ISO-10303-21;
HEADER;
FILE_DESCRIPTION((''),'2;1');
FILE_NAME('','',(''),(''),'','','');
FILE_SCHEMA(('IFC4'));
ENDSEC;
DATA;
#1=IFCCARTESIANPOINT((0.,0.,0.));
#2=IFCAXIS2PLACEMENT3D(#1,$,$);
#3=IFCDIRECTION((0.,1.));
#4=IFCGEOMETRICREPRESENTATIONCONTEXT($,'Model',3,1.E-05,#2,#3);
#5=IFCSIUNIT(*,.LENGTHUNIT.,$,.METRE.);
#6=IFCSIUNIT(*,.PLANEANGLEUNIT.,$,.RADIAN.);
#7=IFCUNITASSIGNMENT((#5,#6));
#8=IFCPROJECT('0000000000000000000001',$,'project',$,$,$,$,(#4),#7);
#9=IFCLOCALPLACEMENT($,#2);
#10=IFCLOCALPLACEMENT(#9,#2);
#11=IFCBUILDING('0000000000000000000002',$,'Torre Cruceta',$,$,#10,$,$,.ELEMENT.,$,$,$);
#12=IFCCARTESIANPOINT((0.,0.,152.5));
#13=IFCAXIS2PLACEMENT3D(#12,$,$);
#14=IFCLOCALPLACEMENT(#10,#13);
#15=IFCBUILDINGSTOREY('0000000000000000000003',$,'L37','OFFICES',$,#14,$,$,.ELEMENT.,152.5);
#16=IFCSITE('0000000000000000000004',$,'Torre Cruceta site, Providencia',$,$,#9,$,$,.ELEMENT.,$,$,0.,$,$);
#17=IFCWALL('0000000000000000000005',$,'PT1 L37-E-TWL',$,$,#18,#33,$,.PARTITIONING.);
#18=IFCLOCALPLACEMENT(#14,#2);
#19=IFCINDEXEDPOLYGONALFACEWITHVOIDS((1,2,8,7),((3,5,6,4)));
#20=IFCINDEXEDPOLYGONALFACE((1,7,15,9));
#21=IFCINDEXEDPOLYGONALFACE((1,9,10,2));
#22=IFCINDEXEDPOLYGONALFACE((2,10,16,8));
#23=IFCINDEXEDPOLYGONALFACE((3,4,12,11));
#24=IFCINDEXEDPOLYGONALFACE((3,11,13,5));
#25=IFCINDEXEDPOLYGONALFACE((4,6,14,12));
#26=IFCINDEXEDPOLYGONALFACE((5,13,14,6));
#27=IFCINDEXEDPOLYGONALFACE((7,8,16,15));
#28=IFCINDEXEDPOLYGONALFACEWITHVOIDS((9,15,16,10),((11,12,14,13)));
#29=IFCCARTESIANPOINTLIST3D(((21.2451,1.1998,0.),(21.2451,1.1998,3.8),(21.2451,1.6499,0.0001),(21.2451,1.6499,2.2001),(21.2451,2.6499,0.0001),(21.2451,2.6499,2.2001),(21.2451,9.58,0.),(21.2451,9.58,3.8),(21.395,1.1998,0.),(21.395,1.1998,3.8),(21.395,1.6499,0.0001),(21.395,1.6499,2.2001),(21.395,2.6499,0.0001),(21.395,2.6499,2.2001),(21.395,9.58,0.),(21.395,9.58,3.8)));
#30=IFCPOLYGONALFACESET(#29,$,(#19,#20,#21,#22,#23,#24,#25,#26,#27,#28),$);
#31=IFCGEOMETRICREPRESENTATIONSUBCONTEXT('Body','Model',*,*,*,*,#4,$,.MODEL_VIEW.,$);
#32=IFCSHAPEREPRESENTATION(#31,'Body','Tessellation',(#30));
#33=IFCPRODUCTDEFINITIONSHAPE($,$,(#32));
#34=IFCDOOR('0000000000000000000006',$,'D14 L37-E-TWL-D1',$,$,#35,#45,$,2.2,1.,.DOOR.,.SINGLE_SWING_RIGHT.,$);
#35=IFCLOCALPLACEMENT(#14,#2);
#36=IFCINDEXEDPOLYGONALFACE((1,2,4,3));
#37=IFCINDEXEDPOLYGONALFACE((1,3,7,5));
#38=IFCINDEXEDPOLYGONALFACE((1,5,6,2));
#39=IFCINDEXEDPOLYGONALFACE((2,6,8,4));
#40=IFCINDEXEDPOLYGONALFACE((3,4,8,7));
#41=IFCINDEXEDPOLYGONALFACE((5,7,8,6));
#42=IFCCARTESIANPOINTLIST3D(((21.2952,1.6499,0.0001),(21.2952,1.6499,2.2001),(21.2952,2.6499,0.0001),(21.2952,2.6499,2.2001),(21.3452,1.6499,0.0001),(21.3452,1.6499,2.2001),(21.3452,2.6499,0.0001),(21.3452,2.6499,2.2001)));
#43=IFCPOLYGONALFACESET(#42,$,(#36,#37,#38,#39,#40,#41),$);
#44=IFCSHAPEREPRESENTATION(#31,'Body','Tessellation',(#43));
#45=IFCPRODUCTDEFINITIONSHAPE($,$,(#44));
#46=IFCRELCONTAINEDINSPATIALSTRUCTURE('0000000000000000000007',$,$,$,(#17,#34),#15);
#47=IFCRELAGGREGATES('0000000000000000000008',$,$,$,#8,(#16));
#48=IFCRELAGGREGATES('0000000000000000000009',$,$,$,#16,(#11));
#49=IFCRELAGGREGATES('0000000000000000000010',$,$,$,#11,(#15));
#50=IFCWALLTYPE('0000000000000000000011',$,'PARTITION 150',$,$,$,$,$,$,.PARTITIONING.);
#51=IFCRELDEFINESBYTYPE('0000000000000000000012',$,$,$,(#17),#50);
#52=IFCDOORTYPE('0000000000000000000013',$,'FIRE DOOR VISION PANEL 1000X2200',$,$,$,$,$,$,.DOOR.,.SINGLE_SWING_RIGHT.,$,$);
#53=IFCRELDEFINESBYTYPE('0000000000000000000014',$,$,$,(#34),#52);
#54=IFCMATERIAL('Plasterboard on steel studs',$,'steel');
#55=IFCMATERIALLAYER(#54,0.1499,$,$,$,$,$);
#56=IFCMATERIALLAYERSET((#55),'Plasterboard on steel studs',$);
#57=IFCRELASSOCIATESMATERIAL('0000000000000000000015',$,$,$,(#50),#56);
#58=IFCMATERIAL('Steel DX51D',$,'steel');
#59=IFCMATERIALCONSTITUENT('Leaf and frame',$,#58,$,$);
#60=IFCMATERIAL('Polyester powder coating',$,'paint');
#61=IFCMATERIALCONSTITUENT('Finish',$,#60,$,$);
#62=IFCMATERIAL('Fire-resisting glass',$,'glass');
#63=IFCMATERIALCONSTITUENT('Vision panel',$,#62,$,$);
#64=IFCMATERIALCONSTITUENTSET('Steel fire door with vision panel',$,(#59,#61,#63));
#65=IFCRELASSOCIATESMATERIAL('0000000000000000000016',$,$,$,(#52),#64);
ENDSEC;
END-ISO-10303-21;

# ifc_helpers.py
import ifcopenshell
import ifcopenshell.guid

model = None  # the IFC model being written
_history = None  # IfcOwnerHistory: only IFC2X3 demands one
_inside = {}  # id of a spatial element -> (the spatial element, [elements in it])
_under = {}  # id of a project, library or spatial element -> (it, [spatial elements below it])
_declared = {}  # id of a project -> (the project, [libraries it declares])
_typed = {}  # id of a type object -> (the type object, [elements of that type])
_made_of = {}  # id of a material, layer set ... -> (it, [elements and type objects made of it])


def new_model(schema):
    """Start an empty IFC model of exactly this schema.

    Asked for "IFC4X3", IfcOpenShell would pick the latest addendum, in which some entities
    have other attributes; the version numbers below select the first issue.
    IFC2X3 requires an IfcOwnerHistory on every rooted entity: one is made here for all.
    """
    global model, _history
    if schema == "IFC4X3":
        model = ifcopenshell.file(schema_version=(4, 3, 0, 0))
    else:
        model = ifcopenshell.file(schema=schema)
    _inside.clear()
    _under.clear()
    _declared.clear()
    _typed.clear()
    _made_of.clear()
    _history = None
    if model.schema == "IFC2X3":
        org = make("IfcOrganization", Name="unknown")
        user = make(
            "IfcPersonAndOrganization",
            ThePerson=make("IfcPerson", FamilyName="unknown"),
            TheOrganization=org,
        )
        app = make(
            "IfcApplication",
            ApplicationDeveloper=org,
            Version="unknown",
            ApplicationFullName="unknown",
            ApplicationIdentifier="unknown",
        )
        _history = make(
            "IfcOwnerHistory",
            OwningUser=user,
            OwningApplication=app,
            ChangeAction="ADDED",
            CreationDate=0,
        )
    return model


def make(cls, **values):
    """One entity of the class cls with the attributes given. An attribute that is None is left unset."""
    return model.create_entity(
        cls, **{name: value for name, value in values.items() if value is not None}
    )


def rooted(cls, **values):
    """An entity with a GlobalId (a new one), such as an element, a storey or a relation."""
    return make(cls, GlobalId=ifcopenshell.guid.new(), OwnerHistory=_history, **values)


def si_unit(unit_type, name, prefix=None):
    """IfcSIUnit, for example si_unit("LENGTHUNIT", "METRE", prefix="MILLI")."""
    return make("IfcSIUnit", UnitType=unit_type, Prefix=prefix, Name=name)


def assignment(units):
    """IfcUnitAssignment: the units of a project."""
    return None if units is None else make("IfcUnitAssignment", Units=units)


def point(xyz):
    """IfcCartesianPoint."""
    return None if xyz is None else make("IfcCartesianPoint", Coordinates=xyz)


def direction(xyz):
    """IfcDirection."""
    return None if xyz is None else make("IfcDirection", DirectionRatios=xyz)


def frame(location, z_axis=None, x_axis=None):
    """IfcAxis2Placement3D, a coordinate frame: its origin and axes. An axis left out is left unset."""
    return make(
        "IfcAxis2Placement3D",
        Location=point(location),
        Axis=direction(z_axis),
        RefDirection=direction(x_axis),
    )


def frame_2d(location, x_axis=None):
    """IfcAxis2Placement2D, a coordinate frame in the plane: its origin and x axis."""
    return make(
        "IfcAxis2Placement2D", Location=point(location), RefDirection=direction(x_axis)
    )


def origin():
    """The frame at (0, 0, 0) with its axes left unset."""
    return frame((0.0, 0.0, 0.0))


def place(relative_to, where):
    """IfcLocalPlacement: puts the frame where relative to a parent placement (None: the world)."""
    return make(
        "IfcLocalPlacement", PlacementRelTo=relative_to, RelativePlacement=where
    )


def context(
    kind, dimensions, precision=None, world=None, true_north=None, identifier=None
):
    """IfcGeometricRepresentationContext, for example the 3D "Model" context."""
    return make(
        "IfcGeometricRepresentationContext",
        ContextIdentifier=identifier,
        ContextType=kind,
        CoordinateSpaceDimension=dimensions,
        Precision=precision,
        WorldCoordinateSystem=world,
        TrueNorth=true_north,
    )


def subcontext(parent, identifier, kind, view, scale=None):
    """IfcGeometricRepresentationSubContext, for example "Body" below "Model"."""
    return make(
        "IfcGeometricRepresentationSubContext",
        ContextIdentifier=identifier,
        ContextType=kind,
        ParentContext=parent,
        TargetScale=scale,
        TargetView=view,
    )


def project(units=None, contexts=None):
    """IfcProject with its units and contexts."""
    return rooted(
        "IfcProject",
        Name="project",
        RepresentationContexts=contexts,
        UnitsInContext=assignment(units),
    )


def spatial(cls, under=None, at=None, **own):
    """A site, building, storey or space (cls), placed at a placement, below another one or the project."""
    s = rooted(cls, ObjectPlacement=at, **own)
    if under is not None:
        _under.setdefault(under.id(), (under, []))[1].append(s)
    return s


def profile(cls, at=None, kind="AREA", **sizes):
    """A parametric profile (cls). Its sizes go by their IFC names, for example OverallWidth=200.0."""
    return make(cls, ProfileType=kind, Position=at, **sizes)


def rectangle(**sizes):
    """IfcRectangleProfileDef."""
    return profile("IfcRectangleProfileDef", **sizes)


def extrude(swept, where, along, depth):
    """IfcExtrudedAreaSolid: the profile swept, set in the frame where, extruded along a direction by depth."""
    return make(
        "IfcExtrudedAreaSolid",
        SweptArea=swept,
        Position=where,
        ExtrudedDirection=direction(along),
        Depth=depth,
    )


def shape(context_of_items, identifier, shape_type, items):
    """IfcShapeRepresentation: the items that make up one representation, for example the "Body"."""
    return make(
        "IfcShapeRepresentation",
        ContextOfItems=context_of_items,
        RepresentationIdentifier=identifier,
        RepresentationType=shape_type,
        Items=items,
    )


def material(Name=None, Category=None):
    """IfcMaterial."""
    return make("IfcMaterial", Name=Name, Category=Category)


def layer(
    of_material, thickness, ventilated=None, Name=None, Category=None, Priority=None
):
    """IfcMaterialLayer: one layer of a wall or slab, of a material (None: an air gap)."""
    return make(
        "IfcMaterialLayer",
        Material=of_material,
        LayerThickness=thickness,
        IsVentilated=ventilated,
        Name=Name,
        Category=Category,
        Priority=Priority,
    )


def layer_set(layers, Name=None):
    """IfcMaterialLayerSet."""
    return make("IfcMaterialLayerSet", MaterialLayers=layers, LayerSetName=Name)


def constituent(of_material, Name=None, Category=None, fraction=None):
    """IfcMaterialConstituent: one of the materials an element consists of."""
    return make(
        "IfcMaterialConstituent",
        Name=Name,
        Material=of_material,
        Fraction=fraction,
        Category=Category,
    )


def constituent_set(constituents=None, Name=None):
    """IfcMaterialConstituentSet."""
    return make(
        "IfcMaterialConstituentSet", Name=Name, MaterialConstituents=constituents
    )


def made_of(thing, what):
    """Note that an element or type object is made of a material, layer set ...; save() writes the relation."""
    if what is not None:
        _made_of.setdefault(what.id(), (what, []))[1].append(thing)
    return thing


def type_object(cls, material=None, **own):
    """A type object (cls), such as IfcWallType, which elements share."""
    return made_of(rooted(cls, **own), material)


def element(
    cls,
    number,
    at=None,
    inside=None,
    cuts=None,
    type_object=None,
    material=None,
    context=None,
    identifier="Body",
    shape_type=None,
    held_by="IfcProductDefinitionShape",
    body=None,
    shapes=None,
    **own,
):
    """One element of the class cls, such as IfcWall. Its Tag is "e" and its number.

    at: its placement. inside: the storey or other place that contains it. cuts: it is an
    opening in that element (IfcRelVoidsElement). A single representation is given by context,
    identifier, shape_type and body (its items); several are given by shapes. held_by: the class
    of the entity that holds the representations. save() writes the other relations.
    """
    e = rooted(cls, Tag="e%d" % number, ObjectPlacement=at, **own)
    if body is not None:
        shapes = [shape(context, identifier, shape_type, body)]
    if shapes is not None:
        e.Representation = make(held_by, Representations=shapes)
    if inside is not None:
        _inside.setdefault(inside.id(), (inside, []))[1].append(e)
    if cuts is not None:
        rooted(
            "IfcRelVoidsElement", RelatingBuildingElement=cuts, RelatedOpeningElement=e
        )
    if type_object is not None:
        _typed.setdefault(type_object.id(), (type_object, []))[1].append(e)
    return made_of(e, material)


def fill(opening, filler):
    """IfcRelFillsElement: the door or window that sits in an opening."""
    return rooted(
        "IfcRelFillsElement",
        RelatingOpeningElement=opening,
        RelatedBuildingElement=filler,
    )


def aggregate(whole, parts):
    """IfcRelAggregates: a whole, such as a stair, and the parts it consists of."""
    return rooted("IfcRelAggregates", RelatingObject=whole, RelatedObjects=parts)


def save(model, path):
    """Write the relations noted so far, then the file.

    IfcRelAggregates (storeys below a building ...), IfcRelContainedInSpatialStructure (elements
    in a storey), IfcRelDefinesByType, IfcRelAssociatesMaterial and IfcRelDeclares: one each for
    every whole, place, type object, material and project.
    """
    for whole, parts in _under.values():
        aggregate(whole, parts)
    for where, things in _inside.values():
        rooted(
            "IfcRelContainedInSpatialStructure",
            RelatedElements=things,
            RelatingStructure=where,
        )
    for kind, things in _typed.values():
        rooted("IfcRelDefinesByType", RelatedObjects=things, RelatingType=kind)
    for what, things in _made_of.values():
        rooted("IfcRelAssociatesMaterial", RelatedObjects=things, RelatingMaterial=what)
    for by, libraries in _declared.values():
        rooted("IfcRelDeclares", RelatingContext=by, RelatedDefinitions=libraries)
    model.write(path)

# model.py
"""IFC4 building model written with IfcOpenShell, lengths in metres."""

from ifc_helpers import new_model, si_unit, direction, frame, frame_2d, origin, place, context, subcontext, project, spatial, rectangle, extrude, material, layer, layer_set, constituent, constituent_set, type_object, element, fill, save


model = new_model("IFC4")

# Units and contexts
model_context = context("Model", 3, precision=1e-05, world=origin(), true_north=direction((0.0, 1.0)))
body_context = subcontext(model_context, "Body", "Model", "MODEL_VIEW")
ifc_project = project(units=[si_unit("LENGTHUNIT", "METRE"), si_unit("PLANEANGLEUNIT", "RADIAN")], contexts=[model_context])

# Site, building, storey
site_placement = place(None, origin())
site = spatial("IfcSite", under=ifc_project, at=site_placement, Name="Torre Cruceta site, Providencia", CompositionType="ELEMENT", RefElevation=0.0)
building_placement = place(site_placement, origin())
building = spatial("IfcBuilding", under=site, at=building_placement, Name="Torre Cruceta", CompositionType="ELEMENT")
storey_placement = place(building_placement, frame((0.0, 0.0, 152.5)))
storey = spatial("IfcBuildingStorey", under=building, at=storey_placement, Name="L37", Description="OFFICES", CompositionType="ELEMENT", Elevation=152.5)

# Wall, opening, door
ifc_material_1 = material(Name="Plasterboard on steel studs", Category="steel")
ifc_layer_1 = layer(ifc_material_1, 0.1499)
ifc_layer_set_1 = layer_set([ifc_layer_1], Name="Plasterboard on steel studs")
wall_type_1 = type_object("IfcWallType", Name="PARTITION 150", PredefinedType="PARTITIONING", material=ifc_layer_set_1)
wall_1_placement = place(storey_placement, frame((21.3201, 1.2, 0.0), z_axis=(0.0, 0.0, 1.0), x_axis=(0.0, 1.0, 0.0)))
wall_1 = element("IfcWall", 1, at=wall_1_placement, inside=storey, type_object=wall_type_1, Name="PT1 L37-E-TWL", PredefinedType="PARTITIONING", context=body_context, shape_type="SweptSolid", body=[
    extrude(rectangle(XDim=8.3801, YDim=0.1499, at=frame_2d((4.1899, 0.0))), origin(), (0.0, 0.0, 1.0), 3.8),
])
opening_1_placement = place(wall_1_placement, frame((0.45, 0.0, 0.0)))
opening_1 = element("IfcOpeningElement", 2, at=opening_1_placement, cuts=wall_1, PredefinedType="OPENING", context=body_context, shape_type="SweptSolid", body=[
    extrude(rectangle(XDim=1.0, YDim=2.2, at=frame_2d((0.5, 1.1001))), frame((0.0, 0.085, 0.0), z_axis=(0.0, -1.0, 0.0), x_axis=(1.0, 0.0, 0.0)), (0.0, 0.0, 1.0), 0.1699),
])
ifc_material_2 = material(Name="Steel DX51D", Category="steel")
ifc_constituent_1 = constituent(ifc_material_2, Name="Leaf and frame")
ifc_material_3 = material(Name="Polyester powder coating", Category="paint")
ifc_constituent_2 = constituent(ifc_material_3, Name="Finish")
ifc_material_4 = material(Name="Fire-resisting glass", Category="glass")
ifc_constituent_3 = constituent(ifc_material_4, Name="Vision panel")
ifc_constituent_set_1 = constituent_set(constituents=[ifc_constituent_1, ifc_constituent_2, ifc_constituent_3], Name="Steel fire door with vision panel")
door_type = type_object("IfcDoorType", Name="FIRE DOOR VISION PANEL 1000X2200", OperationType="SINGLE_SWING_RIGHT", PredefinedType="DOOR", material=ifc_constituent_set_1)
door_placement = place(opening_1_placement, frame((1.0, 0.0, 0.0), z_axis=(0.0, 0.0, 1.0), x_axis=(-1.0, 0.0, 0.0)))
door = element("IfcDoor", 3, at=door_placement, inside=storey, type_object=door_type, Name="D14 L37-E-TWL-D1", OperationType="SINGLE_SWING_RIGHT", OverallHeight=2.2, OverallWidth=1.0, PredefinedType="DOOR", context=body_context, shape_type="SweptSolid", body=[
    extrude(rectangle(XDim=1.0, YDim=2.2, at=frame_2d((0.5, 1.1001))), frame((0.0, 0.0251, 0.0), z_axis=(0.0, -1.0, 0.0), x_axis=(1.0, 0.0, 0.0)), (0.0, 0.0, 1.0), 0.05),
])
fill(opening_1, door)

save(model, "model.ifc")
